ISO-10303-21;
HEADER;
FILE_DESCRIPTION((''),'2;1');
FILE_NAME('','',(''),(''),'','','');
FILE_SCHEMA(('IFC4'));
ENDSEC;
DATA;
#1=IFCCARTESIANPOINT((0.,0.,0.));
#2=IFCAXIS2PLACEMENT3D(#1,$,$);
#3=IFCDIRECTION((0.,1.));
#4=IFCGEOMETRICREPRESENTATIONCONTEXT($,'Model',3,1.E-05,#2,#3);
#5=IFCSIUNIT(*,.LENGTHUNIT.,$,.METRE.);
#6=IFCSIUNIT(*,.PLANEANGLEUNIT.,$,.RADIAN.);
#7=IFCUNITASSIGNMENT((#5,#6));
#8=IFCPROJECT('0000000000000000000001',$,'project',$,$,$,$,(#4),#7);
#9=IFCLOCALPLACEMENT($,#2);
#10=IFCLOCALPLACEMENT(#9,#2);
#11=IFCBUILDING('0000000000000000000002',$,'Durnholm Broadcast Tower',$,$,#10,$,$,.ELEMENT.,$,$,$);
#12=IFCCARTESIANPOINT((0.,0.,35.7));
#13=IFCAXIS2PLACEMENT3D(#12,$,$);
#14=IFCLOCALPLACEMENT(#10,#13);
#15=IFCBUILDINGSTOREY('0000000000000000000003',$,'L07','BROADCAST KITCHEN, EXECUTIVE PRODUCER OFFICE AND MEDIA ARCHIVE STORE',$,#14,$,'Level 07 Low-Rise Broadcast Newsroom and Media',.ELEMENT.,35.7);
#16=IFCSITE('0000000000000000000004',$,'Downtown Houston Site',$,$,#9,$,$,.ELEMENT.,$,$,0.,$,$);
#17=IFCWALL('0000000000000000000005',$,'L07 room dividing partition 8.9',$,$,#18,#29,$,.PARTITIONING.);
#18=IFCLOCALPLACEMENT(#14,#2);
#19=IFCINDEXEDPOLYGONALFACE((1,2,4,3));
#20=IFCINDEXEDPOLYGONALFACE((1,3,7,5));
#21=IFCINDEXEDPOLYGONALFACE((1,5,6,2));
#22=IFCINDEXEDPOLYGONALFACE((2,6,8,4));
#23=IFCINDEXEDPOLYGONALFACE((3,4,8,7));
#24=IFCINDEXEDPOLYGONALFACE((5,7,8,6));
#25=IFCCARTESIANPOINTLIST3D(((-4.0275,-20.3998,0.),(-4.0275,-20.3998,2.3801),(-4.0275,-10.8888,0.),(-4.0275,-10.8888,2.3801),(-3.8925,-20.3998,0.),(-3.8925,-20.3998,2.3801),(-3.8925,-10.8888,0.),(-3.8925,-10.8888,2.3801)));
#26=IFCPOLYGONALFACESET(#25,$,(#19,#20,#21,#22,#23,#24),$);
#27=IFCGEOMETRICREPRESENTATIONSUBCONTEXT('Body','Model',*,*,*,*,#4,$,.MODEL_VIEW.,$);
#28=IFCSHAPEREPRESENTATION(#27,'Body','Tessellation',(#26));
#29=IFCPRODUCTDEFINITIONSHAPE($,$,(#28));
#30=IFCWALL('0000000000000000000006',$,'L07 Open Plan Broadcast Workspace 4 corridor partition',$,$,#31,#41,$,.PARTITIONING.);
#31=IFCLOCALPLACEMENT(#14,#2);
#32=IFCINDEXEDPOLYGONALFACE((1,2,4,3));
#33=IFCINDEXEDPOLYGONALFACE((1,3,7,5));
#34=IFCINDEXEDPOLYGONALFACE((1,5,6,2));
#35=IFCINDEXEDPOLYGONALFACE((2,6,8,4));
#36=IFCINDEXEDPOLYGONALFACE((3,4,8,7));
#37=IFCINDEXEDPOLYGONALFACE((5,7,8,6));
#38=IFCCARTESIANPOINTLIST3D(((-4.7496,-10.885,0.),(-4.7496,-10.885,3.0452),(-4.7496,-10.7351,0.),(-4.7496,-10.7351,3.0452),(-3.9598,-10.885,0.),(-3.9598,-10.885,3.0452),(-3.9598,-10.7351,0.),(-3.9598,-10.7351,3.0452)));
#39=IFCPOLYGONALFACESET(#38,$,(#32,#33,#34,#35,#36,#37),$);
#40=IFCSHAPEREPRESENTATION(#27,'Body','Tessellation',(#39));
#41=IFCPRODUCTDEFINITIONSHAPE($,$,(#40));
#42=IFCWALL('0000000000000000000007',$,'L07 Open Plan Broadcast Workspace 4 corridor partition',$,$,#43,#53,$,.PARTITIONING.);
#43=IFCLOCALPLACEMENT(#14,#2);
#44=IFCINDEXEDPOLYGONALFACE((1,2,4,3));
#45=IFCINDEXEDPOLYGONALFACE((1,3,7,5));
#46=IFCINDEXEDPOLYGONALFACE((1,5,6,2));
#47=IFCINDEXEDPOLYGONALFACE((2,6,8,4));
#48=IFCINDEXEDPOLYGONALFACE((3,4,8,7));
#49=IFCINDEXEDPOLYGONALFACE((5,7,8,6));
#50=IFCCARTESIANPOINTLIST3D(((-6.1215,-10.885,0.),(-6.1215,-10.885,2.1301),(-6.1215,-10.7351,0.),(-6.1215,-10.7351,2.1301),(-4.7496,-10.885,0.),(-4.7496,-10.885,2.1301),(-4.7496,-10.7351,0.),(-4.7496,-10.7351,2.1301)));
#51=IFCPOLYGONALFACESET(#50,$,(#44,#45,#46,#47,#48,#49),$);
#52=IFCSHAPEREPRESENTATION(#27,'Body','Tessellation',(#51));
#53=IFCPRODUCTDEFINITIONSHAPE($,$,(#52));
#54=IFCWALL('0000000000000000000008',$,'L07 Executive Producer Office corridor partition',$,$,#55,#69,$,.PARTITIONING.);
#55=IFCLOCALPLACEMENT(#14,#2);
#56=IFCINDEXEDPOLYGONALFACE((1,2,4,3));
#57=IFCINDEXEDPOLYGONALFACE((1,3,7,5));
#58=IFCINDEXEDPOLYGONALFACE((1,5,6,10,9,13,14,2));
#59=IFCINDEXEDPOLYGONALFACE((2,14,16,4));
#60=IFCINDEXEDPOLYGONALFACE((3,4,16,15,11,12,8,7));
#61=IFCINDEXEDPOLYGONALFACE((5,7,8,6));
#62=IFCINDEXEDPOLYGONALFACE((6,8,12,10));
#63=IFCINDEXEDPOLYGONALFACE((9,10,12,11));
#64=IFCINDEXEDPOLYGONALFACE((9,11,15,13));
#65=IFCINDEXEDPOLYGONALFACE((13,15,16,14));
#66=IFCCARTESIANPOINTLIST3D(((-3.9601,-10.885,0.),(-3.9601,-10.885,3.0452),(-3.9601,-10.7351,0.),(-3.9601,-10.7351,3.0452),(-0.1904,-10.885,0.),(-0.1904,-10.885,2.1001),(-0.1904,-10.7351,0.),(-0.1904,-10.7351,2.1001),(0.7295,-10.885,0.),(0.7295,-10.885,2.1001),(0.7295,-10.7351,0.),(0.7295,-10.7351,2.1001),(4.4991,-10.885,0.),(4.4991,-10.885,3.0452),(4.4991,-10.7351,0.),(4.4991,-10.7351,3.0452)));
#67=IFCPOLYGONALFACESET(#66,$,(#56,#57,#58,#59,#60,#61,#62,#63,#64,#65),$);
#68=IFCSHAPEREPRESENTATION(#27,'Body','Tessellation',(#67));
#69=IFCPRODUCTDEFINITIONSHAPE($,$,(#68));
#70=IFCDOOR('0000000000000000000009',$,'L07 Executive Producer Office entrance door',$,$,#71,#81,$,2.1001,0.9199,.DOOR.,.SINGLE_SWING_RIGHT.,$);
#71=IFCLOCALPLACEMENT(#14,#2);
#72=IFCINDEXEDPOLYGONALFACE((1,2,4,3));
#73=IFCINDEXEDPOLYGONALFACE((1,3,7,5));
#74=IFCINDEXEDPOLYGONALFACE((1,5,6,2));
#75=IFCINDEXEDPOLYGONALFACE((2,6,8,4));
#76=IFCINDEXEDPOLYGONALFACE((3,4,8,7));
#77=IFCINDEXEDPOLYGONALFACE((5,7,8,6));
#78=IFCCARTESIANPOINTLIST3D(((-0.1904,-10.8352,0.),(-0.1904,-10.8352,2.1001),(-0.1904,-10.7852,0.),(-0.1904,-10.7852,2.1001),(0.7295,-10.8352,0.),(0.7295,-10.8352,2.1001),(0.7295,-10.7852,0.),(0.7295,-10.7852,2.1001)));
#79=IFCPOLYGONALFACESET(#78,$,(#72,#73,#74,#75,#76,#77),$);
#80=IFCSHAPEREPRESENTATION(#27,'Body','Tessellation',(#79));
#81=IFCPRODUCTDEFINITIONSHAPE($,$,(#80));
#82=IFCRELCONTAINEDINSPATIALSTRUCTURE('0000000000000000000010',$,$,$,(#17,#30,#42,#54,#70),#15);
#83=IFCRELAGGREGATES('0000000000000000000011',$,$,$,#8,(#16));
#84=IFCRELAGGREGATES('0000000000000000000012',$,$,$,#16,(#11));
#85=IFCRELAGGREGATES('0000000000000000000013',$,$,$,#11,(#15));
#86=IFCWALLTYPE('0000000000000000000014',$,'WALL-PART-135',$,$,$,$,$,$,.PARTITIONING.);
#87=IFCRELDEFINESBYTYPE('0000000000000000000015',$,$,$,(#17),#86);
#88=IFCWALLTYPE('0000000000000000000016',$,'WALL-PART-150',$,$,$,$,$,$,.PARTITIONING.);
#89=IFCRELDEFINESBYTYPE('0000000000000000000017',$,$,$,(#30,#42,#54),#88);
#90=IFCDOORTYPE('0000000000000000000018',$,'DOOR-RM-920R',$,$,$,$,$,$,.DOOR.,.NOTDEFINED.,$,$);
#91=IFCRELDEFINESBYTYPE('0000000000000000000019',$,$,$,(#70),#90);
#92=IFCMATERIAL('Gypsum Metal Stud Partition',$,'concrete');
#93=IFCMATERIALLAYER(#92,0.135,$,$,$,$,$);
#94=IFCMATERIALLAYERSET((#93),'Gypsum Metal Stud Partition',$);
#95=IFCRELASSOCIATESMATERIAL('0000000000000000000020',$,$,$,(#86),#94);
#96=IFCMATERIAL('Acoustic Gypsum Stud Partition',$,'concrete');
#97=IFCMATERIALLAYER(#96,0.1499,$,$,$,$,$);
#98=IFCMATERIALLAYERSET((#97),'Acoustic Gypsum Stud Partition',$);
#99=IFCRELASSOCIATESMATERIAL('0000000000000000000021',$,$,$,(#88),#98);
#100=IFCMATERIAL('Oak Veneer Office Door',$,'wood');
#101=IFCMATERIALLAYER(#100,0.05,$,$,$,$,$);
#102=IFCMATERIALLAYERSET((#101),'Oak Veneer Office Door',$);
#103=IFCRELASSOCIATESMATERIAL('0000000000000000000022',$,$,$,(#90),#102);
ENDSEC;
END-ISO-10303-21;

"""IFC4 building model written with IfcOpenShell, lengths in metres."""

from ifc_helpers import new_model, si_unit, direction, frame, frame_2d, origin, place, context, subcontext, project, spatial, rectangle, extrude, source, transform, mapped, material, layer, layer_set, type_object, type_shapes, element, fill, save


model = new_model("IFC4")

# Units and contexts
model_context = context("Model", 3, precision=1e-05, world=origin(), true_north=direction((0.0, 1.0)))
body_context = subcontext(model_context, "Body", "Model", "MODEL_VIEW")
ifc_project = project(units=[si_unit("LENGTHUNIT", "METRE"), si_unit("PLANEANGLEUNIT", "RADIAN")], contexts=[model_context])

# Site, building, storey
site_placement = place(None, origin())
site = spatial("IfcSite", under=ifc_project, at=site_placement, Name="Downtown Houston Site", CompositionType="ELEMENT", RefElevation=0.0)
building_placement = place(site_placement, origin())
building = spatial("IfcBuilding", under=site, at=building_placement, Name="Durnholm Broadcast Tower", CompositionType="ELEMENT")
storey_placement = place(building_placement, frame((0.0, 0.0, 35.7)))
storey = spatial("IfcBuildingStorey", under=building, at=storey_placement, Name="L07", Description="BROADCAST KITCHEN, EXECUTIVE PRODUCER OFFICE AND MEDIA ARCHIVE STORE", LongName="Level 07 Low-Rise Broadcast Newsroom and Media", CompositionType="ELEMENT", Elevation=35.7)

# Walls
ifc_material_1 = material(Name="Gypsum Metal Stud Partition", Category="concrete")
ifc_layer_1 = layer(ifc_material_1, 0.135)
ifc_layer_set_1 = layer_set([ifc_layer_1], Name="Gypsum Metal Stud Partition")
wall_type_1 = type_object("IfcWallType", Name="WALL-PART-135", PredefinedType="PARTITIONING", material=ifc_layer_set_1)
wall_1_placement = place(storey_placement, frame((-3.96, -10.8889, 0.0), z_axis=(0.0, 0.0, 1.0), x_axis=(0.0, -1.0, 0.0)))
element("IfcWall", 1, at=wall_1_placement, inside=storey, type_object=wall_type_1, Name="L07 room dividing partition 8.9", PredefinedType="PARTITIONING", context=body_context, shape_type="SweptSolid", body=[
    extrude(rectangle(XDim=9.511, YDim=0.135, at=frame_2d((4.7554, 0.0))), origin(), (0.0, 0.0, 1.0), 2.3801),
])
ifc_material_2 = material(Name="Acoustic Gypsum Stud Partition", Category="concrete")
ifc_layer_2 = layer(ifc_material_2, 0.1499)
ifc_layer_set_2 = layer_set([ifc_layer_2], Name="Acoustic Gypsum Stud Partition")
wall_type_2 = type_object("IfcWallType", Name="WALL-PART-150", PredefinedType="PARTITIONING", material=ifc_layer_set_2)
wall_2_placement = place(storey_placement, frame((-4.7498, -10.8101, 0.0), z_axis=(0.0, 0.0, 1.0), x_axis=(1.0, 0.0, 0.0)))
element("IfcWall", 2, at=wall_2_placement, inside=storey, type_object=wall_type_2, Name="L07 Open Plan Broadcast Workspace 4 corridor partition", PredefinedType="PARTITIONING", context=body_context, shape_type="SweptSolid", body=[
    extrude(rectangle(XDim=0.7898, YDim=0.1499, at=frame_2d((0.395, 0.0))), origin(), (0.0, 0.0, 1.0), 3.0452),
])
wall_3_placement = place(storey_placement, frame((-6.1216, -10.8101, 0.0), z_axis=(0.0, 0.0, 1.0), x_axis=(1.0, 0.0, 0.0)))
element("IfcWall", 3, at=wall_3_placement, inside=storey, type_object=wall_type_2, Name="L07 Open Plan Broadcast Workspace 4 corridor partition", PredefinedType="PARTITIONING", context=body_context, shape_type="SweptSolid", body=[
    extrude(rectangle(XDim=1.3718, YDim=0.1499, at=frame_2d((0.686, 0.0))), origin(), (0.0, 0.0, 1.0), 2.1301),
])

# Wall, opening, door
wall_4_placement = place(storey_placement, frame((-3.96, -10.8101, 0.0), z_axis=(0.0, 0.0, 1.0), x_axis=(1.0, 0.0, 0.0)))
wall_4 = element("IfcWall", 4, at=wall_4_placement, inside=storey, type_object=wall_type_2, Name="L07 Executive Producer Office corridor partition", PredefinedType="PARTITIONING", context=body_context, shape_type="SweptSolid", body=[
    extrude(rectangle(XDim=8.4592, YDim=0.1499, at=frame_2d((4.2295, 0.0))), origin(), (0.0, 0.0, 1.0), 3.0452),
])
opening_1_placement = place(wall_4_placement, frame((3.7695, 0.0, 0.0)))
opening_1 = element("IfcOpeningElement", 5, at=opening_1_placement, cuts=wall_4, PredefinedType="OPENING", context=body_context, shape_type="SweptSolid", body=[
    extrude(rectangle(XDim=0.9199, YDim=2.1001, at=frame_2d((0.46, 1.05))), frame((0.0, 0.085, 0.0), z_axis=(0.0, -1.0, 0.0), x_axis=(1.0, 0.0, 0.0)), (0.0, 0.0, 1.0), 0.1699),
])
ifc_material_3 = material(Name="Oak Veneer Office Door", Category="wood")
ifc_layer_3 = layer(ifc_material_3, 0.05)
ifc_layer_set_3 = layer_set([ifc_layer_3], Name="Oak Veneer Office Door")
door_type_1 = type_object("IfcDoorType", Name="DOOR-RM-920R", OperationType="NOTDEFINED", PredefinedType="DOOR", material=ifc_layer_set_3)
shared_shape_1 = source(origin(), body_context, "Body", "SweptSolid", [
    extrude(rectangle(XDim=0.9199, YDim=2.1001, at=frame_2d((0.46, 1.05))), frame((0.0, 0.0249, 0.0), z_axis=(0.0, -1.0, 0.0), x_axis=(1.0, 0.0, 0.0)), (0.0, 0.0, 1.0), 0.05),
])
type_shapes(door_type_1, [shared_shape_1])
door_1_placement = place(opening_1_placement, origin())
door_1 = element("IfcDoor", 6, at=door_1_placement, inside=storey, type_object=door_type_1, Name="L07 Executive Producer Office entrance door", OperationType="SINGLE_SWING_RIGHT", OverallHeight=2.1001, OverallWidth=0.9199, PredefinedType="DOOR", context=body_context, shape_type="MappedRepresentation", body=[
    mapped(shared_shape_1, transform((0.0, 0.0, 0.0), x_axis=(1.0, 0.0, 0.0), y_axis=(0.0, 1.0, 0.0), z_axis=(0.0, 0.0, 1.0), scale=1.0)),
])
fill(opening_1, door_1)

save(model, "model.ifc")
